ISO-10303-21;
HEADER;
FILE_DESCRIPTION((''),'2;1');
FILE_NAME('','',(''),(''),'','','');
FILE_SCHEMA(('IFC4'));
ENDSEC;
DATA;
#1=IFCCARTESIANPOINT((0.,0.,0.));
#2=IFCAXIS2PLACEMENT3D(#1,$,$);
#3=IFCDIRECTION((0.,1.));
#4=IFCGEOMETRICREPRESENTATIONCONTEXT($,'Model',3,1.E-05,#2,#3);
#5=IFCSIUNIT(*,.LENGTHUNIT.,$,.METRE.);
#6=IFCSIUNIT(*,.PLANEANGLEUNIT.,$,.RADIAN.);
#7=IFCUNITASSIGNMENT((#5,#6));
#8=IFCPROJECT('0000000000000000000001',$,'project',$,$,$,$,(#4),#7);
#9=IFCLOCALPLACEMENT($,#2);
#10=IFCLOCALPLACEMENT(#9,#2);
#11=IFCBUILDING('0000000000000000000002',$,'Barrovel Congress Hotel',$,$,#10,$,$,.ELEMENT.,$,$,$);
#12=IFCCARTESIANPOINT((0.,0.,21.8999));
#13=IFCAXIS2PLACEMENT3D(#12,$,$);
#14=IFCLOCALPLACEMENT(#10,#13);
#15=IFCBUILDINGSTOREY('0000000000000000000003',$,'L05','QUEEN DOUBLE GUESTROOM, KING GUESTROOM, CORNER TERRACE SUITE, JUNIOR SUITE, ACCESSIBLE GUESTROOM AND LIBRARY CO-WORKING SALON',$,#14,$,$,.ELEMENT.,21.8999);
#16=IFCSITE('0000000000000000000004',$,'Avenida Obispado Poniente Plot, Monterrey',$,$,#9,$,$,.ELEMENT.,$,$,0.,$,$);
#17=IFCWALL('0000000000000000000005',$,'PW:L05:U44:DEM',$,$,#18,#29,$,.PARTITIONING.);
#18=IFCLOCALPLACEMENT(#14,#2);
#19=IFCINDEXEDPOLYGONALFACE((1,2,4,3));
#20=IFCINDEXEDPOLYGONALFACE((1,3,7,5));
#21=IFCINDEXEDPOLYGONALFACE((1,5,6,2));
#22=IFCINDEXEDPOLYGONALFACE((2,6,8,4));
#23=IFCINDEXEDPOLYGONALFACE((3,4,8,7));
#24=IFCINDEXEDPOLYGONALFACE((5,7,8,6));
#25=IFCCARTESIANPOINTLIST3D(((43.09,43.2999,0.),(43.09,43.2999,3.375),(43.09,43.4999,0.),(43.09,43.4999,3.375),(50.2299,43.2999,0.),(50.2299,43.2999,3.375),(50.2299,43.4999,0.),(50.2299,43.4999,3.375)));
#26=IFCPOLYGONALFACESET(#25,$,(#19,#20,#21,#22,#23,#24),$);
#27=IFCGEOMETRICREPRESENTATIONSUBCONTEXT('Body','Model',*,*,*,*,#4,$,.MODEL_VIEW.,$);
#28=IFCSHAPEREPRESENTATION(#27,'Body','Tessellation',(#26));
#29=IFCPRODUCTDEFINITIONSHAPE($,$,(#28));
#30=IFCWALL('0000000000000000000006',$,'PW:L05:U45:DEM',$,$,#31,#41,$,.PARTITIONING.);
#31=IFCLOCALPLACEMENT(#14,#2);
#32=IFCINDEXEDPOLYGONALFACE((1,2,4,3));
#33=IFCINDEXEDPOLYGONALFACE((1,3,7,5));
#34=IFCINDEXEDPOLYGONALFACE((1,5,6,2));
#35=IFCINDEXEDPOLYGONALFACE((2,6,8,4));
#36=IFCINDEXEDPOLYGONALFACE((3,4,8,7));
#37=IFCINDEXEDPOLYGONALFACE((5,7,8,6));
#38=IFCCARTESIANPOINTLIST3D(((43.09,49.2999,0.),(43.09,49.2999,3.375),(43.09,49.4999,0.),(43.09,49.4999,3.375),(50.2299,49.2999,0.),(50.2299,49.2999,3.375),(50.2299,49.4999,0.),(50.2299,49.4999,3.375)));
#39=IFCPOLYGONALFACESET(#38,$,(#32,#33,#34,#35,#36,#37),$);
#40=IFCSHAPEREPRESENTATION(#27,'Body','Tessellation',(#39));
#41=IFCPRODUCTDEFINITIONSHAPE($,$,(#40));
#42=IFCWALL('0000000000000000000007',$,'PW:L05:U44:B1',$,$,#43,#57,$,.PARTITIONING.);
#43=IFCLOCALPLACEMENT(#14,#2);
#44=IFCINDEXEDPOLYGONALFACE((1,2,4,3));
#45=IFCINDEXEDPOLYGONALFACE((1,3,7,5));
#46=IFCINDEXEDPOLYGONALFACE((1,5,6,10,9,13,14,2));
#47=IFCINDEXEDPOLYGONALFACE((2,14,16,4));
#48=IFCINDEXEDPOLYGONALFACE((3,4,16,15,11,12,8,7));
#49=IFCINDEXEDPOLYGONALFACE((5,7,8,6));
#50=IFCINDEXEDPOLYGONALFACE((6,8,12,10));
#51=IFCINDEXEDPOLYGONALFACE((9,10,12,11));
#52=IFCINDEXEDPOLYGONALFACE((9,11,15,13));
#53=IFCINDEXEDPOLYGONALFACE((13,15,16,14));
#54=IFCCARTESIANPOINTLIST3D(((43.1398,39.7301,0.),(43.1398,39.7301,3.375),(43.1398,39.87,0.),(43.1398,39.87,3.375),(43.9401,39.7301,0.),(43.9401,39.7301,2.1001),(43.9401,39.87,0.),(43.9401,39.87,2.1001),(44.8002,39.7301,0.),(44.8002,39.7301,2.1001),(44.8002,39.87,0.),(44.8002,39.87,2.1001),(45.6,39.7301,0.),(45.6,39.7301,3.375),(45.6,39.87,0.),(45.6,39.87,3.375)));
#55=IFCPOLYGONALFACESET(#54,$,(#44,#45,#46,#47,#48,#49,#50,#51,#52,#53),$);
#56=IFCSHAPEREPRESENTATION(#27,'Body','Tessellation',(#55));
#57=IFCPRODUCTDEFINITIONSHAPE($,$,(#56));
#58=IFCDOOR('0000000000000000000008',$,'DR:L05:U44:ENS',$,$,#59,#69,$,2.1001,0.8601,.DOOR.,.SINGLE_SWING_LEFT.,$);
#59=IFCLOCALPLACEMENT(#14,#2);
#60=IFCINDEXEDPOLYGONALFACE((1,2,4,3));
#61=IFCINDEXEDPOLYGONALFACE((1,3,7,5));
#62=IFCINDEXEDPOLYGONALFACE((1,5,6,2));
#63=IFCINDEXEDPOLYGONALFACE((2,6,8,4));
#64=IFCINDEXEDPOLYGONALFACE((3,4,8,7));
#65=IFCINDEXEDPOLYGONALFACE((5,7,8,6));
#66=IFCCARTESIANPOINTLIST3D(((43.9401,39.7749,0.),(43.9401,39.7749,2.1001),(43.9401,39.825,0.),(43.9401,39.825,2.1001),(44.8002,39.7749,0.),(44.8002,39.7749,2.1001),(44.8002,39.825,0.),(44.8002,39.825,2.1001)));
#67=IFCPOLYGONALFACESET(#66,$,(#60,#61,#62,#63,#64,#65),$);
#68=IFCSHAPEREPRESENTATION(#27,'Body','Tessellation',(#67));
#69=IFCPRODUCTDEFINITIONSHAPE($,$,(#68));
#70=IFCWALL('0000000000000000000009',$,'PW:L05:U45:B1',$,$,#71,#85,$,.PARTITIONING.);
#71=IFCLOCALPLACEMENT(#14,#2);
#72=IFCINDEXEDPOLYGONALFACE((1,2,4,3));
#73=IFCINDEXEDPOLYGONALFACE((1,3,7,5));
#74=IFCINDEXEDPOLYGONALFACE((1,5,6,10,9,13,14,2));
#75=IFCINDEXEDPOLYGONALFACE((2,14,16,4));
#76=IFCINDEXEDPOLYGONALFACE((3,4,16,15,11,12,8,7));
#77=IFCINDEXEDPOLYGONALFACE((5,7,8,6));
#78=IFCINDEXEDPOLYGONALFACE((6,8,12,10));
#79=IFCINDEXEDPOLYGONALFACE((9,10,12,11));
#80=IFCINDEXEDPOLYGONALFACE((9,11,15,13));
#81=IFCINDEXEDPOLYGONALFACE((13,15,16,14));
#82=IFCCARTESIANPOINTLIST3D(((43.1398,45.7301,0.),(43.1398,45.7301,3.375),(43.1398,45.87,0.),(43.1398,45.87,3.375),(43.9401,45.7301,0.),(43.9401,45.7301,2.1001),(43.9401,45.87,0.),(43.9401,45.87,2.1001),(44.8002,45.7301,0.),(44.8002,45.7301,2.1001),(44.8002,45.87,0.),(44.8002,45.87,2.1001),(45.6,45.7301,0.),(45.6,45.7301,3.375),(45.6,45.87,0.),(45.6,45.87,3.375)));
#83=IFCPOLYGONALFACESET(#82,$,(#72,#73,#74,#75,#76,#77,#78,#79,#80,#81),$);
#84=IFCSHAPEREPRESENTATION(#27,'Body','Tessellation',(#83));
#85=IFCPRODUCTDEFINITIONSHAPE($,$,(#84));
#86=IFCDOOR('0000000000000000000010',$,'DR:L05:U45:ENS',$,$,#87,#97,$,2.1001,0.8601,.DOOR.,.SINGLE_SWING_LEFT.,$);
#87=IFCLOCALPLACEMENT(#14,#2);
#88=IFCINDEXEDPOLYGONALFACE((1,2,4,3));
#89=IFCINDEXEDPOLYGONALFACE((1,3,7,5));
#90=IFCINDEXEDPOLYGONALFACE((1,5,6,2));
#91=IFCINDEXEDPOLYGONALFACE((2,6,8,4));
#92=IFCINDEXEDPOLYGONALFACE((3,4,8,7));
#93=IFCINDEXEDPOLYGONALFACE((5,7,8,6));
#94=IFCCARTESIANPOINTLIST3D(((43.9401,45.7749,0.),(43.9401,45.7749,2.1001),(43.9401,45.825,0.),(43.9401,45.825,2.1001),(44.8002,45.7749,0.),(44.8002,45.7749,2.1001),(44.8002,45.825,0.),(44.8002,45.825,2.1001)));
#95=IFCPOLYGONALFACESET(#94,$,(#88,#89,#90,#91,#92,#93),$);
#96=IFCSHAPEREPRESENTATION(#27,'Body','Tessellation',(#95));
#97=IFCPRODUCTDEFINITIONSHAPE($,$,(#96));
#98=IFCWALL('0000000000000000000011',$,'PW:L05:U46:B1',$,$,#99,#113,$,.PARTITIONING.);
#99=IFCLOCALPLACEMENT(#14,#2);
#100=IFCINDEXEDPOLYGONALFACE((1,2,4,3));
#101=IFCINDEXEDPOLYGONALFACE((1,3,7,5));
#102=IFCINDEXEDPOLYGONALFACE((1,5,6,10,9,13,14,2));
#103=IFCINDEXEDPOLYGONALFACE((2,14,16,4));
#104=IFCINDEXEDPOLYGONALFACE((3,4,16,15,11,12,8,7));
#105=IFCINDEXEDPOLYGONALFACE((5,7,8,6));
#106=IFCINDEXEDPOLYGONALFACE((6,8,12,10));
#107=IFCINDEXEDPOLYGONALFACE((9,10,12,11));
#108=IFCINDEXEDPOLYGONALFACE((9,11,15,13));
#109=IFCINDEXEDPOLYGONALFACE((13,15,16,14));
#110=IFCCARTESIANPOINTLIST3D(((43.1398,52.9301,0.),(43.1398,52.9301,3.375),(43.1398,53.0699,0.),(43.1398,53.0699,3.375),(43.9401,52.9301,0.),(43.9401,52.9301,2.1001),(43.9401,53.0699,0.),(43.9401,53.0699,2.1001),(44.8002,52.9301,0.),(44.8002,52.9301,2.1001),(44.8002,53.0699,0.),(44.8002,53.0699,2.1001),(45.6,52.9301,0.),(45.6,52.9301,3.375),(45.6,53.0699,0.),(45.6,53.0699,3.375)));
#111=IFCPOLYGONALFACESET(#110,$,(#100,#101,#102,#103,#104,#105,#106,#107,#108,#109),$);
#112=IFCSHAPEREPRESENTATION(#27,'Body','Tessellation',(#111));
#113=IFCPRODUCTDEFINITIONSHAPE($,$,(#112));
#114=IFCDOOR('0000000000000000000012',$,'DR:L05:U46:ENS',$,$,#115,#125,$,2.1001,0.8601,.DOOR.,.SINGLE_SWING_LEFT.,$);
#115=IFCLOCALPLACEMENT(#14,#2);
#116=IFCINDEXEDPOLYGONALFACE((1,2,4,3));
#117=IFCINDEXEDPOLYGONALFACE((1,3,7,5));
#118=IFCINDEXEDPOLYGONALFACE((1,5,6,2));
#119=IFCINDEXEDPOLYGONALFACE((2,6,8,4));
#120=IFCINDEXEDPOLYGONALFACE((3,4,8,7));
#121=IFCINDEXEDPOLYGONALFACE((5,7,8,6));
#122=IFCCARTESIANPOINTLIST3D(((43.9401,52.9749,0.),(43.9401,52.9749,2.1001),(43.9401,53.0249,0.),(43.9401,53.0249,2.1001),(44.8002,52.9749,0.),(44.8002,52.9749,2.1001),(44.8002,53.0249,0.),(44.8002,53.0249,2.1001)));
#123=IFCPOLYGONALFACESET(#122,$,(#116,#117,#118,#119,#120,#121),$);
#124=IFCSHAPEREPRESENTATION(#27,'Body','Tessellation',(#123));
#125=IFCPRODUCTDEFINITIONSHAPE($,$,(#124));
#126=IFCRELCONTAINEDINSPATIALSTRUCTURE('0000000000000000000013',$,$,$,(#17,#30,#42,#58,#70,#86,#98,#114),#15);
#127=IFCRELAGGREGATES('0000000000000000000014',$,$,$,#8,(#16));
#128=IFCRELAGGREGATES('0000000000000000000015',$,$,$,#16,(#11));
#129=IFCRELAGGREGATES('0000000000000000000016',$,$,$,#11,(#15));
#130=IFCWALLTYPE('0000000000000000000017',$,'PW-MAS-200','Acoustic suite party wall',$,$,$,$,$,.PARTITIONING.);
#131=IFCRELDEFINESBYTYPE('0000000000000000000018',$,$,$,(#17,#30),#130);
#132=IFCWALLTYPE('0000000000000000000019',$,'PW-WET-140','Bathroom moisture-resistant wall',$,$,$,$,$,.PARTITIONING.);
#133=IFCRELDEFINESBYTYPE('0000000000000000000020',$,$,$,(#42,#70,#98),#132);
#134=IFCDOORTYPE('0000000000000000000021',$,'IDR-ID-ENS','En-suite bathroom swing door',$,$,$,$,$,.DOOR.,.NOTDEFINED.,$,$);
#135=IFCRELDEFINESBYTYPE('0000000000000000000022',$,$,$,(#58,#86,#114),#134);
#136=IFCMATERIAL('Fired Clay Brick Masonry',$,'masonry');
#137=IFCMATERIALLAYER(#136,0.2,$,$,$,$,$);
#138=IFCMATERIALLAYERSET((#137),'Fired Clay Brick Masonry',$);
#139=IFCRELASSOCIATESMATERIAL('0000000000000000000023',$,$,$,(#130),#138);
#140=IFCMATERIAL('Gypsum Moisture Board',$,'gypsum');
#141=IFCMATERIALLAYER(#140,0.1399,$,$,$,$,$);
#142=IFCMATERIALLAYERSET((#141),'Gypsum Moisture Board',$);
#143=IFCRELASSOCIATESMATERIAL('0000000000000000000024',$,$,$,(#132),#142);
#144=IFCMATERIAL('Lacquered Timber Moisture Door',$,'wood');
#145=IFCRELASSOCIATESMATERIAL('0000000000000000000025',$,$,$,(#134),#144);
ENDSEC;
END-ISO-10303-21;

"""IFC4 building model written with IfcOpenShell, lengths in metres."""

from ifc_helpers import new_model, si_unit, direction, frame, frame_2d, origin, place, context, subcontext, project, spatial, rectangle, extrude, material, layer, layer_set, type_object, element, fill, save


model = new_model("IFC4")

# Units and contexts
model_context = context("Model", 3, precision=1e-05, world=origin(), true_north=direction((0.0, 1.0)))
body_context = subcontext(model_context, "Body", "Model", "MODEL_VIEW")
ifc_project = project(units=[si_unit("LENGTHUNIT", "METRE"), si_unit("PLANEANGLEUNIT", "RADIAN")], contexts=[model_context])

# Site, building, storey
site_placement = place(None, origin())
site = spatial("IfcSite", under=ifc_project, at=site_placement, Name="Avenida Obispado Poniente Plot, Monterrey", CompositionType="ELEMENT", RefElevation=0.0)
building_placement = place(site_placement, origin())
building = spatial("IfcBuilding", under=site, at=building_placement, Name="Barrovel Congress Hotel", CompositionType="ELEMENT")
storey_placement = place(building_placement, frame((0.0, 0.0, 21.8999)))
storey = spatial("IfcBuildingStorey", under=building, at=storey_placement, Name="L05", Description="QUEEN DOUBLE GUESTROOM, KING GUESTROOM, CORNER TERRACE SUITE, JUNIOR SUITE, ACCESSIBLE GUESTROOM AND LIBRARY CO-WORKING SALON", CompositionType="ELEMENT", Elevation=21.8999)

# Shared definitions
ifc_material_1 = material(Name="Fired Clay Brick Masonry", Category="masonry")

# Walls
ifc_layer_1 = layer(ifc_material_1, 0.2)
ifc_layer_set_1 = layer_set([ifc_layer_1], Name="Fired Clay Brick Masonry")
wall_type_1 = type_object("IfcWallType", Name="PW-MAS-200", Description="Acoustic suite party wall", PredefinedType="PARTITIONING", material=ifc_layer_set_1)
for number, where, z_axis, x_axis, name in (
    (1, (43.0901, 43.3999, 0.0), (0.0, 0.0, 1.0), (1.0, 0.0, 0.0), "PW:L05:U44:DEM"),
    (2, (43.0901, 49.3999, 0.0), (0.0, 0.0, 1.0), (1.0, 0.0, 0.0), "PW:L05:U45:DEM"),
):
    element("IfcWall", number, at=place(storey_placement, frame(where, z_axis=z_axis, x_axis=x_axis)), inside=storey, type_object=wall_type_1, Name=name, PredefinedType="PARTITIONING", context=body_context, shape_type="SweptSolid", body=[
        extrude(rectangle(XDim=7.1399, YDim=0.2, at=frame_2d((3.5698, 0.0))), origin(), (0.0, 0.0, 1.0), 3.375),
    ])

# Walls, openings, doors
ifc_material_2 = material(Name="Gypsum Moisture Board", Category="gypsum")
ifc_layer_2 = layer(ifc_material_2, 0.1399)
ifc_layer_set_2 = layer_set([ifc_layer_2], Name="Gypsum Moisture Board")
wall_type_2 = type_object("IfcWallType", Name="PW-WET-140", Description="Bathroom moisture-resistant wall", PredefinedType="PARTITIONING", material=ifc_layer_set_2)
wall_1_placement = place(storey_placement, frame((43.1399, 39.8, 0.0), z_axis=(0.0, 0.0, 1.0), x_axis=(1.0, 0.0, 0.0)))
wall_1 = element("IfcWall", 3, at=wall_1_placement, inside=storey, type_object=wall_type_2, Name="PW:L05:U44:B1", PredefinedType="PARTITIONING", context=body_context, shape_type="SweptSolid", body=[
    extrude(rectangle(XDim=2.4602, YDim=0.1399, at=frame_2d((1.23, 0.0))), origin(), (0.0, 0.0, 1.0), 3.375),
])
opening_1_placement = place(wall_1_placement, frame((0.8, 0.0, 0.0)))
opening_1 = element("IfcOpeningElement", 4, at=opening_1_placement, cuts=wall_1, PredefinedType="OPENING", context=body_context, shape_type="SweptSolid", body=[
    extrude(rectangle(XDim=0.8601, YDim=2.1001, at=frame_2d((0.4302, 1.05))), frame((0.0, 0.0801, 0.0), z_axis=(0.0, -1.0, 0.0), x_axis=(1.0, 0.0, 0.0)), (0.0, 0.0, 1.0), 0.1599),
])
ifc_material_3 = material(Name="Lacquered Timber Moisture Door", Category="wood")
door_type_1 = type_object("IfcDoorType", Name="IDR-ID-ENS", Description="En-suite bathroom swing door", OperationType="NOTDEFINED", PredefinedType="DOOR", material=ifc_material_3)
door_1_placement = place(opening_1_placement, origin())
door_1 = element("IfcDoor", 5, at=door_1_placement, inside=storey, type_object=door_type_1, Name="DR:L05:U44:ENS", OperationType="SINGLE_SWING_LEFT", OverallHeight=2.1001, OverallWidth=0.8601, PredefinedType="DOOR", context=body_context, shape_type="SweptSolid", body=[
    extrude(rectangle(XDim=0.8601, YDim=2.1001, at=frame_2d((0.4302, 1.05))), frame((0.0, 0.0249, 0.0), z_axis=(0.0, -1.0, 0.0), x_axis=(1.0, 0.0, 0.0)), (0.0, 0.0, 1.0), 0.05),
])
fill(opening_1, door_1)
wall_2_placement = place(storey_placement, frame((43.1399, 45.8, 0.0), z_axis=(0.0, 0.0, 1.0), x_axis=(1.0, 0.0, 0.0)))
wall_2 = element("IfcWall", 6, at=wall_2_placement, inside=storey, type_object=wall_type_2, Name="PW:L05:U45:B1", PredefinedType="PARTITIONING", context=body_context, shape_type="SweptSolid", body=[
    extrude(rectangle(XDim=2.4602, YDim=0.1399, at=frame_2d((1.23, 0.0))), origin(), (0.0, 0.0, 1.0), 3.375),
])
opening_2_placement = place(wall_2_placement, frame((0.8, 0.0, 0.0)))
opening_2 = element("IfcOpeningElement", 7, at=opening_2_placement, cuts=wall_2, PredefinedType="OPENING", context=body_context, shape_type="SweptSolid", body=[
    extrude(rectangle(XDim=0.8601, YDim=2.1001, at=frame_2d((0.4302, 1.05))), frame((0.0, 0.0801, 0.0), z_axis=(0.0, -1.0, 0.0), x_axis=(1.0, 0.0, 0.0)), (0.0, 0.0, 1.0), 0.1599),
])
door_2_placement = place(opening_2_placement, origin())
door_2 = element("IfcDoor", 8, at=door_2_placement, inside=storey, type_object=door_type_1, Name="DR:L05:U45:ENS", OperationType="SINGLE_SWING_LEFT", OverallHeight=2.1001, OverallWidth=0.8601, PredefinedType="DOOR", context=body_context, shape_type="SweptSolid", body=[
    extrude(rectangle(XDim=0.8601, YDim=2.1001, at=frame_2d((0.4302, 1.05))), frame((0.0, 0.0249, 0.0), z_axis=(0.0, -1.0, 0.0), x_axis=(1.0, 0.0, 0.0)), (0.0, 0.0, 1.0), 0.05),
])
fill(opening_2, door_2)
wall_3_placement = place(storey_placement, frame((43.1399, 53.0, 0.0), z_axis=(0.0, 0.0, 1.0), x_axis=(1.0, 0.0, 0.0)))
wall_3 = element("IfcWall", 9, at=wall_3_placement, inside=storey, type_object=wall_type_2, Name="PW:L05:U46:B1", PredefinedType="PARTITIONING", context=body_context, shape_type="SweptSolid", body=[
    extrude(rectangle(XDim=2.4602, YDim=0.1399, at=frame_2d((1.23, 0.0))), origin(), (0.0, 0.0, 1.0), 3.375),
])
opening_3_placement = place(wall_3_placement, frame((0.8, 0.0, 0.0)))
opening_3 = element("IfcOpeningElement", 10, at=opening_3_placement, cuts=wall_3, PredefinedType="OPENING", context=body_context, shape_type="SweptSolid", body=[
    extrude(rectangle(XDim=0.8601, YDim=2.1001, at=frame_2d((0.4302, 1.05))), frame((0.0, 0.0801, 0.0), z_axis=(0.0, -1.0, 0.0), x_axis=(1.0, 0.0, 0.0)), (0.0, 0.0, 1.0), 0.1599),
])
door_3_placement = place(opening_3_placement, origin())
door_3 = element("IfcDoor", 11, at=door_3_placement, inside=storey, type_object=door_type_1, Name="DR:L05:U46:ENS", OperationType="SINGLE_SWING_LEFT", OverallHeight=2.1001, OverallWidth=0.8601, PredefinedType="DOOR", context=body_context, shape_type="SweptSolid", body=[
    extrude(rectangle(XDim=0.8601, YDim=2.1001, at=frame_2d((0.4302, 1.05))), frame((0.0, 0.0249, 0.0), z_axis=(0.0, -1.0, 0.0), x_axis=(1.0, 0.0, 0.0)), (0.0, 0.0, 1.0), 0.05),
])
fill(opening_3, door_3)

save(model, "model.ifc")
